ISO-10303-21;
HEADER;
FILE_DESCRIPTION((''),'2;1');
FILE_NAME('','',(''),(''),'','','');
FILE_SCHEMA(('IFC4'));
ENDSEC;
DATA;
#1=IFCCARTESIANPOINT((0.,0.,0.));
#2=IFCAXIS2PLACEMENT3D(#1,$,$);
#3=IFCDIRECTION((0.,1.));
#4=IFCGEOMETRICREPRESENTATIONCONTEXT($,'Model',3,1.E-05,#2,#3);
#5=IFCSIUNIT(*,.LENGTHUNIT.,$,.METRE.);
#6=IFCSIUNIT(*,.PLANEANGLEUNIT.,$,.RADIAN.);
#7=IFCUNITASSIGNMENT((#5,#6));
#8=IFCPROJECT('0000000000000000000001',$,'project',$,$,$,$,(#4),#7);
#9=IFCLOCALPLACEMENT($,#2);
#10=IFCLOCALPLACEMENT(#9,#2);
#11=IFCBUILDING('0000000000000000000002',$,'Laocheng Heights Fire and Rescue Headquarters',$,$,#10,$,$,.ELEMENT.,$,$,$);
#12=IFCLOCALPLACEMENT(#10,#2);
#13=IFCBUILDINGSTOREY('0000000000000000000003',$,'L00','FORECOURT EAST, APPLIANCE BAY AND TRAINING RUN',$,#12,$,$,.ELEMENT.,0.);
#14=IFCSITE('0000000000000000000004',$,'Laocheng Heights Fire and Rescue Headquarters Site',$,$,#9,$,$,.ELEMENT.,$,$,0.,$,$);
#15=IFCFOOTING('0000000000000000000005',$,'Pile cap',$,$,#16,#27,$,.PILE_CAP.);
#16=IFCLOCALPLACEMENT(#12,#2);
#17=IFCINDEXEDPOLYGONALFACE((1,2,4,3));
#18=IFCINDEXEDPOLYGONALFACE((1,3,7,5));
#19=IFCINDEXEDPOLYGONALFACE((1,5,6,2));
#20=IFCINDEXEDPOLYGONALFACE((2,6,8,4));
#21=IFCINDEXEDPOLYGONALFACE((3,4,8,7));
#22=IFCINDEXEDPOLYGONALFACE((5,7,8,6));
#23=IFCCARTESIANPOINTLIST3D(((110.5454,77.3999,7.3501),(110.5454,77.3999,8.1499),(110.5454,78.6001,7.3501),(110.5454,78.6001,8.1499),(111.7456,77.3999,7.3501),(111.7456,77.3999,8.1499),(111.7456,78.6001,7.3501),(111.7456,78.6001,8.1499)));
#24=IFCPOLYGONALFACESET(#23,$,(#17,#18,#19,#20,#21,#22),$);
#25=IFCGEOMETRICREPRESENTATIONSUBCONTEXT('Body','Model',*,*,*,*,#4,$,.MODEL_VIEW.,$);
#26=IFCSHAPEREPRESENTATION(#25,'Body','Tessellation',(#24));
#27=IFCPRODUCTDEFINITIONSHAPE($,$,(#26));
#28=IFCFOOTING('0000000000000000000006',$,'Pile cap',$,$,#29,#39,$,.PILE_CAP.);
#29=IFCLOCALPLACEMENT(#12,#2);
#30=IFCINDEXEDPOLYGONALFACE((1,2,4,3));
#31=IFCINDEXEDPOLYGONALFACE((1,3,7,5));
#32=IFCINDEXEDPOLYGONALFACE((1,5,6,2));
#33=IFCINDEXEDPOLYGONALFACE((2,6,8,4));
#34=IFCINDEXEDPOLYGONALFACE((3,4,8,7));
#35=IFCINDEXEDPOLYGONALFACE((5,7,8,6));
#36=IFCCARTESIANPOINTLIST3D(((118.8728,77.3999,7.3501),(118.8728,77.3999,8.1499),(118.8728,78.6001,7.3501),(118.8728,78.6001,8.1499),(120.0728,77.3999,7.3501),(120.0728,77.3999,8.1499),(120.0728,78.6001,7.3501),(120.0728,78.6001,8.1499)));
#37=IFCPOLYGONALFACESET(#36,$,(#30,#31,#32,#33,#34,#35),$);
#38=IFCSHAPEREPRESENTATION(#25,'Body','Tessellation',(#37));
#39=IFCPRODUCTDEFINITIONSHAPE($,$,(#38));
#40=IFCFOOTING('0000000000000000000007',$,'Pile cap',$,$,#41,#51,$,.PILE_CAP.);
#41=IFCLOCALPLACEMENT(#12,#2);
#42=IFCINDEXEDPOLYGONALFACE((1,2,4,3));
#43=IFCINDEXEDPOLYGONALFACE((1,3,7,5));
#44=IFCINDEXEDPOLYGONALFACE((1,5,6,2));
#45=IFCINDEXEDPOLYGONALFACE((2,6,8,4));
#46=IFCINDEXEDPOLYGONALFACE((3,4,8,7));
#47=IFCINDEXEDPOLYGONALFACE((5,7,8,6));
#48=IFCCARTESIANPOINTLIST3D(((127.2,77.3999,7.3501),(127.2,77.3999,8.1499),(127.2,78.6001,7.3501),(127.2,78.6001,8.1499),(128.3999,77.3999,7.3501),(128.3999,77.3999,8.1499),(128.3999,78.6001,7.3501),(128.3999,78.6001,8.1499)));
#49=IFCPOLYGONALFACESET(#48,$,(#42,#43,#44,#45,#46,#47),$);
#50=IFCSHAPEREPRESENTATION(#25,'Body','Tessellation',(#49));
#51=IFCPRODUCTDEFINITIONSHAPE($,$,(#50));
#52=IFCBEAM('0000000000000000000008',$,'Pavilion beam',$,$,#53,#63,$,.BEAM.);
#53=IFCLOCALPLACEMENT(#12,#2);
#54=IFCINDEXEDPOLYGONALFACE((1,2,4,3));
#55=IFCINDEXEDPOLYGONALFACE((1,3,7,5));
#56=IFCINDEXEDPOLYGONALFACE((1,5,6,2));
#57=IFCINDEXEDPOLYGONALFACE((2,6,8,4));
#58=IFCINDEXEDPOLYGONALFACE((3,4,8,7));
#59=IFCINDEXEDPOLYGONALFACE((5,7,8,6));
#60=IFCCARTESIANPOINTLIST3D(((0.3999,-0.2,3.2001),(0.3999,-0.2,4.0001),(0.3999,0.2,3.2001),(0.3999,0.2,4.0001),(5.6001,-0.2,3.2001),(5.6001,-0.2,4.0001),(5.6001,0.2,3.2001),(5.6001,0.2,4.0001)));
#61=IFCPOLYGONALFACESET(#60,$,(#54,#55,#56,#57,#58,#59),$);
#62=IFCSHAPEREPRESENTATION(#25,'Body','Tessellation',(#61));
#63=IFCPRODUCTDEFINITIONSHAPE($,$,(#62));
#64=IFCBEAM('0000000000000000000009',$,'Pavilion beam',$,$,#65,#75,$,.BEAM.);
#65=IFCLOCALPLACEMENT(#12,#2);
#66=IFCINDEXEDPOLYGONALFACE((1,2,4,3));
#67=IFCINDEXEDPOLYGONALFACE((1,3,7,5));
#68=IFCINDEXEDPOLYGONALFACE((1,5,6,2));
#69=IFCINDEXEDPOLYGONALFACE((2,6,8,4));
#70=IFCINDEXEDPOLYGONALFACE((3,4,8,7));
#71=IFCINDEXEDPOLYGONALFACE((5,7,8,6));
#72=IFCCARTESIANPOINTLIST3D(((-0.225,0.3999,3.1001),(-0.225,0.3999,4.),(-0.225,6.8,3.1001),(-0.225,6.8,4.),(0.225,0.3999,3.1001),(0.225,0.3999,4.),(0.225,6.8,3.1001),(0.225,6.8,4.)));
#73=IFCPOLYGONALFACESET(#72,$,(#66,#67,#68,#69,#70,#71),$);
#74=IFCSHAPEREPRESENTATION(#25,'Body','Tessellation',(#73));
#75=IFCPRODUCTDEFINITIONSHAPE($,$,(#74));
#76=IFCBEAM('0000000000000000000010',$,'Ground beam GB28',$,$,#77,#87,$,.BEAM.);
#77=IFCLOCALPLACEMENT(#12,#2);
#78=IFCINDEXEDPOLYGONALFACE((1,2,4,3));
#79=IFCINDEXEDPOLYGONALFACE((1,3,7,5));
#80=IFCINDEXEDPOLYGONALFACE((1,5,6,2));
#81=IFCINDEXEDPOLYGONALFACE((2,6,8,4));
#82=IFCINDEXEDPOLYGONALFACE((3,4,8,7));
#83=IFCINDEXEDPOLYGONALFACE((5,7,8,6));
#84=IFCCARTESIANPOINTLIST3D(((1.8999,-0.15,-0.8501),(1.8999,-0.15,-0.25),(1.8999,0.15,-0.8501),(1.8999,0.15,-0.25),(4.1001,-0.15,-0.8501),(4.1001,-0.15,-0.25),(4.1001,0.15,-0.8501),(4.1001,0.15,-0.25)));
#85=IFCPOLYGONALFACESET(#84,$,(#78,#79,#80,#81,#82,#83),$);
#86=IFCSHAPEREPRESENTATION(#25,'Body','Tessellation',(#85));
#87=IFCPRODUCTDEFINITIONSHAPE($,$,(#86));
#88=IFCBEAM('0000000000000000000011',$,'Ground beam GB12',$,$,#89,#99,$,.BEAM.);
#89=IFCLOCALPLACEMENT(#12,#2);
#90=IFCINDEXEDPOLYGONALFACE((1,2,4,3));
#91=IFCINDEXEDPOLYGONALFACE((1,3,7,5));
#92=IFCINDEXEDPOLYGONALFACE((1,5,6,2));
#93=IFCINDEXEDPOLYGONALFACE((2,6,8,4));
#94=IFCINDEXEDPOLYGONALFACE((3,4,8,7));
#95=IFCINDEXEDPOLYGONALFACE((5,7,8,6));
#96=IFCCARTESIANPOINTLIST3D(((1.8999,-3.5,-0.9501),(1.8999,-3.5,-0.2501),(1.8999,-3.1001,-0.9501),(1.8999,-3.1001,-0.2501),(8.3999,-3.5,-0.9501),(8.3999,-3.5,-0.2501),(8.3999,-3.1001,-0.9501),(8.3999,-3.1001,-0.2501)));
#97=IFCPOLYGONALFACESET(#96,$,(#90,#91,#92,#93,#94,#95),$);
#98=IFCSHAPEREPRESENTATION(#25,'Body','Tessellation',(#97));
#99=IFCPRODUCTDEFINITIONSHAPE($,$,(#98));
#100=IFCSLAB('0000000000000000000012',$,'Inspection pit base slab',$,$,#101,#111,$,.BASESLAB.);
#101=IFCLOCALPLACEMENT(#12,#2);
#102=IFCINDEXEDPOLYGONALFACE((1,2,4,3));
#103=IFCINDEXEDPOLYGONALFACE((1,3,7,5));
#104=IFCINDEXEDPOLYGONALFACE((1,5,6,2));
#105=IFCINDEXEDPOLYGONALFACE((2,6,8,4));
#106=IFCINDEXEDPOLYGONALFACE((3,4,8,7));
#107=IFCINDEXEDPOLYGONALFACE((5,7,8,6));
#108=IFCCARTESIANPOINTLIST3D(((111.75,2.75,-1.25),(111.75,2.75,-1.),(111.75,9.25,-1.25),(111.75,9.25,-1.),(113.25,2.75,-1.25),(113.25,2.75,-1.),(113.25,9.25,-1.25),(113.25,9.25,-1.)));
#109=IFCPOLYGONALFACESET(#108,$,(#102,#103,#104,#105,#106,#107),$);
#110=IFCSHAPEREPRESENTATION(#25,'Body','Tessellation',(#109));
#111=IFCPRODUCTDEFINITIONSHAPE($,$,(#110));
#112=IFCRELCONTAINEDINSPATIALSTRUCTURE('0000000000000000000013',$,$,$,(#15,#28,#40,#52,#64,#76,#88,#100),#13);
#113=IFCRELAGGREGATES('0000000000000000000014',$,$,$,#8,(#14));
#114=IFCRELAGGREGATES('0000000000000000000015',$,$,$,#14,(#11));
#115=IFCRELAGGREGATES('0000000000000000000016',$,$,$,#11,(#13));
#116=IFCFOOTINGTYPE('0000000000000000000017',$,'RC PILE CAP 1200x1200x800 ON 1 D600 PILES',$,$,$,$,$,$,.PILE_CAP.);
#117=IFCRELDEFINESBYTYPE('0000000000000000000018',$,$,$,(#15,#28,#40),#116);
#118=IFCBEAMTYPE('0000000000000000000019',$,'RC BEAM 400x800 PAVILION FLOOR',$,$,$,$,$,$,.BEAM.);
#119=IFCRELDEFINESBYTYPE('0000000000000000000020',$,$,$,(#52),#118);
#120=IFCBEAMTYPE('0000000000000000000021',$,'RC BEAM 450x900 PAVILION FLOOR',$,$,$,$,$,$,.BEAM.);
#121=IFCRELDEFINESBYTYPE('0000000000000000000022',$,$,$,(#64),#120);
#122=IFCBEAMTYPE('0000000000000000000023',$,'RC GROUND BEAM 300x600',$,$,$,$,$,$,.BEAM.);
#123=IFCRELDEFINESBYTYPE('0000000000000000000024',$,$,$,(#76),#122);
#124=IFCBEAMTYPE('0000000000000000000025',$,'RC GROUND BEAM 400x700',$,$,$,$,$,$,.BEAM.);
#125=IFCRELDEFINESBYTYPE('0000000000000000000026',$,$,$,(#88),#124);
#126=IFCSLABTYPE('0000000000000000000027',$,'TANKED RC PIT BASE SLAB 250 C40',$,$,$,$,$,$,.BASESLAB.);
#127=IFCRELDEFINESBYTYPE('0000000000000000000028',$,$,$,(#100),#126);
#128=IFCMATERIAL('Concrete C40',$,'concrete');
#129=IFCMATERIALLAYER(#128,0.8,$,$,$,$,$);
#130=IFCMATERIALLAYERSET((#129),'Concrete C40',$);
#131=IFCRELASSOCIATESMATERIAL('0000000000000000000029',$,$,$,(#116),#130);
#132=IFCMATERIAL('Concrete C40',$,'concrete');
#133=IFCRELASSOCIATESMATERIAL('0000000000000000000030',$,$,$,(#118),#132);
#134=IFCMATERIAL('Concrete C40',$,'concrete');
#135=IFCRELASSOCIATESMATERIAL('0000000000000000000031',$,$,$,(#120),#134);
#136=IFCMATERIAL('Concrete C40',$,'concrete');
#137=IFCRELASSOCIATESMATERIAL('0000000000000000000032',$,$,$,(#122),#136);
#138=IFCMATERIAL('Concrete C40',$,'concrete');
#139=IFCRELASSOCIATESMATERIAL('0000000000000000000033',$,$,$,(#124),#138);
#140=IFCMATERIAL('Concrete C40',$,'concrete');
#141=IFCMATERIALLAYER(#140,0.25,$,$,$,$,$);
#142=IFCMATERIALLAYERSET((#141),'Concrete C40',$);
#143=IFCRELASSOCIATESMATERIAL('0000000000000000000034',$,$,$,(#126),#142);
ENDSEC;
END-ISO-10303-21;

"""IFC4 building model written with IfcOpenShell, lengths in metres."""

from ifc_helpers import new_model, si_unit, direction, frame, origin, origin_2d, place, context, subcontext, project, spatial, polyline, rectangle, outline, extrude, material, layer, layer_set, material_profile, profile_set, type_object, element, save


model = new_model("IFC4")

# Units and contexts
model_context = context("Model", 3, precision=1e-05, world=origin(), true_north=direction((0.0, 1.0)))
body_context = subcontext(model_context, "Body", "Model", "MODEL_VIEW")
ifc_project = project(units=[si_unit("LENGTHUNIT", "METRE"), si_unit("PLANEANGLEUNIT", "RADIAN")], contexts=[model_context])

# Site, building, storey
site_placement = place(None, origin())
site = spatial("IfcSite", under=ifc_project, at=site_placement, Name="Laocheng Heights Fire and Rescue Headquarters Site", CompositionType="ELEMENT", RefElevation=0.0)
building_placement = place(site_placement, origin())
building = spatial("IfcBuilding", under=site, at=building_placement, Name="Laocheng Heights Fire and Rescue Headquarters", CompositionType="ELEMENT")
storey_placement = place(building_placement, origin())
storey = spatial("IfcBuildingStorey", under=building, at=storey_placement, Name="L00", Description="FORECOURT EAST, APPLIANCE BAY AND TRAINING RUN", CompositionType="ELEMENT", Elevation=0.0)

# Footings
ifc_material_1 = material(Name="Concrete C40", Category="concrete")
ifc_layer_1 = layer(ifc_material_1, 0.8)
ifc_layer_set_1 = layer_set([ifc_layer_1], Name="Concrete C40")
footing_type = type_object("IfcFootingType", Name="RC PILE CAP 1200x1200x800 ON 1 D600 PILES", PredefinedType="PILE_CAP", material=ifc_layer_set_1)
footing_1_placement = place(storey_placement, frame((0.0, 0.0, 7.3501)))
element("IfcFooting", 1, at=footing_1_placement, inside=storey, type_object=footing_type, Name="Pile cap", PredefinedType="PILE_CAP", context=body_context, shape_type="SweptSolid", body=[
    extrude(outline(polyline([(110.5454, 77.3999), (111.7456, 77.3999), (111.7456, 78.6001), (110.5454, 78.6001), (110.5454, 77.3999)])), origin(), (0.0, 0.0, 1.0), 0.7998),
])
footing_2_placement = place(storey_placement, frame((0.0, 0.0, 7.3501)))
element("IfcFooting", 2, at=footing_2_placement, inside=storey, type_object=footing_type, Name="Pile cap", PredefinedType="PILE_CAP", context=body_context, shape_type="SweptSolid", body=[
    extrude(outline(polyline([(118.8728, 77.3999), (120.0728, 77.3999), (120.0728, 78.6001), (118.8728, 78.6001), (118.8728, 77.3999)])), origin(), (0.0, 0.0, 1.0), 0.7998),
])
footing_3_placement = place(storey_placement, frame((0.0, 0.0, 7.3501)))
element("IfcFooting", 3, at=footing_3_placement, inside=storey, type_object=footing_type, Name="Pile cap", PredefinedType="PILE_CAP", context=body_context, shape_type="SweptSolid", body=[
    extrude(outline(polyline([(127.2, 77.3999), (128.3999, 77.3999), (128.3999, 78.6001), (127.2, 78.6001), (127.2, 77.3999)])), origin(), (0.0, 0.0, 1.0), 0.7998),
])

# Beams
ifc_material_2 = material(Name="Concrete C40", Category="concrete")
ifc_material_profile_1 = material_profile(ifc_material_2, rectangle(XDim=0.3999, YDim=0.8, at=origin_2d()), Name="RC BEAM 400x800 PAVILION FLOOR")
ifc_profile_set_1 = profile_set([ifc_material_profile_1], Name="Concrete C40")
beam_type_1 = type_object("IfcBeamType", Name="RC BEAM 400x800 PAVILION FLOOR", PredefinedType="BEAM", material=ifc_profile_set_1)
beam_1_placement = place(storey_placement, frame((0.3999, 0.0, 3.6001), z_axis=(1.0, 0.0, 0.0), x_axis=(0.0, 1.0, 0.0)))
element("IfcBeam", 4, at=beam_1_placement, inside=storey, type_object=beam_type_1, Name="Pavilion beam", PredefinedType="BEAM", context=body_context, shape_type="SweptSolid", body=[
    extrude(rectangle(XDim=0.3999, YDim=0.8, at=origin_2d()), origin(), (0.0, 0.0, 1.0), 5.2002),
])
ifc_material_3 = material(Name="Concrete C40", Category="concrete")
ifc_material_profile_2 = material_profile(ifc_material_3, rectangle(XDim=0.45, YDim=0.8999, at=origin_2d()), Name="RC BEAM 450x900 PAVILION FLOOR")
ifc_profile_set_2 = profile_set([ifc_material_profile_2], Name="Concrete C40")
beam_type_2 = type_object("IfcBeamType", Name="RC BEAM 450x900 PAVILION FLOOR", PredefinedType="BEAM", material=ifc_profile_set_2)
beam_2_placement = place(storey_placement, frame((0.0, 0.3999, 3.55), z_axis=(0.0, 1.0, 0.0), x_axis=(-1.0, 0.0, 0.0)))
element("IfcBeam", 5, at=beam_2_placement, inside=storey, type_object=beam_type_2, Name="Pavilion beam", PredefinedType="BEAM", context=body_context, shape_type="SweptSolid", body=[
    extrude(rectangle(XDim=0.45, YDim=0.8999, at=origin_2d()), origin(), (0.0, 0.0, 1.0), 6.4001),
])
ifc_material_4 = material(Name="Concrete C40", Category="concrete")
ifc_material_profile_3 = material_profile(ifc_material_4, rectangle(XDim=0.3, YDim=0.6001, at=origin_2d()), Name="RC GROUND BEAM 300x600")
ifc_profile_set_3 = profile_set([ifc_material_profile_3], Name="Concrete C40")
beam_type_3 = type_object("IfcBeamType", Name="RC GROUND BEAM 300x600", PredefinedType="BEAM", material=ifc_profile_set_3)
beam_3_placement = place(storey_placement, frame((1.8999, 0.0, -0.55), z_axis=(1.0, 0.0, 0.0), x_axis=(0.0, 1.0, 0.0)))
element("IfcBeam", 6, at=beam_3_placement, inside=storey, type_object=beam_type_3, Name="Ground beam GB28", PredefinedType="BEAM", context=body_context, shape_type="SweptSolid", body=[
    extrude(rectangle(XDim=0.3, YDim=0.6001, at=origin_2d()), origin(), (0.0, 0.0, 1.0), 2.2002),
])
ifc_material_5 = material(Name="Concrete C40", Category="concrete")
ifc_material_profile_4 = material_profile(ifc_material_5, rectangle(XDim=0.3999, YDim=0.7, at=origin_2d()), Name="RC GROUND BEAM 400x700")
ifc_profile_set_4 = profile_set([ifc_material_profile_4], Name="Concrete C40")
beam_type_4 = type_object("IfcBeamType", Name="RC GROUND BEAM 400x700", PredefinedType="BEAM", material=ifc_profile_set_4)
beam_4_placement = place(storey_placement, frame((1.8999, -3.3, -0.6001), z_axis=(1.0, 0.0, 0.0), x_axis=(0.0, 1.0, 0.0)))
element("IfcBeam", 7, at=beam_4_placement, inside=storey, type_object=beam_type_4, Name="Ground beam GB12", PredefinedType="BEAM", context=body_context, shape_type="SweptSolid", body=[
    extrude(rectangle(XDim=0.3999, YDim=0.7, at=origin_2d()), origin(), (0.0, 0.0, 1.0), 6.5),
])

# Slab
ifc_material_6 = material(Name="Concrete C40", Category="concrete")
ifc_layer_2 = layer(ifc_material_6, 0.25)
ifc_layer_set_2 = layer_set([ifc_layer_2], Name="Concrete C40")
slab_type = type_object("IfcSlabType", Name="TANKED RC PIT BASE SLAB 250 C40", PredefinedType="BASESLAB", material=ifc_layer_set_2)
slab_placement = place(storey_placement, frame((0.0, 0.0, -1.25)))
element("IfcSlab", 8, at=slab_placement, inside=storey, type_object=slab_type, Name="Inspection pit base slab", PredefinedType="BASESLAB", context=body_context, shape_type="SweptSolid", body=[
    extrude(outline(polyline([(111.75, 2.75), (113.25, 2.75), (113.25, 9.25), (111.75, 9.25), (111.75, 2.75)])), origin(), (0.0, 0.0, 1.0), 0.25),
])

save(model, "model.ifc")
